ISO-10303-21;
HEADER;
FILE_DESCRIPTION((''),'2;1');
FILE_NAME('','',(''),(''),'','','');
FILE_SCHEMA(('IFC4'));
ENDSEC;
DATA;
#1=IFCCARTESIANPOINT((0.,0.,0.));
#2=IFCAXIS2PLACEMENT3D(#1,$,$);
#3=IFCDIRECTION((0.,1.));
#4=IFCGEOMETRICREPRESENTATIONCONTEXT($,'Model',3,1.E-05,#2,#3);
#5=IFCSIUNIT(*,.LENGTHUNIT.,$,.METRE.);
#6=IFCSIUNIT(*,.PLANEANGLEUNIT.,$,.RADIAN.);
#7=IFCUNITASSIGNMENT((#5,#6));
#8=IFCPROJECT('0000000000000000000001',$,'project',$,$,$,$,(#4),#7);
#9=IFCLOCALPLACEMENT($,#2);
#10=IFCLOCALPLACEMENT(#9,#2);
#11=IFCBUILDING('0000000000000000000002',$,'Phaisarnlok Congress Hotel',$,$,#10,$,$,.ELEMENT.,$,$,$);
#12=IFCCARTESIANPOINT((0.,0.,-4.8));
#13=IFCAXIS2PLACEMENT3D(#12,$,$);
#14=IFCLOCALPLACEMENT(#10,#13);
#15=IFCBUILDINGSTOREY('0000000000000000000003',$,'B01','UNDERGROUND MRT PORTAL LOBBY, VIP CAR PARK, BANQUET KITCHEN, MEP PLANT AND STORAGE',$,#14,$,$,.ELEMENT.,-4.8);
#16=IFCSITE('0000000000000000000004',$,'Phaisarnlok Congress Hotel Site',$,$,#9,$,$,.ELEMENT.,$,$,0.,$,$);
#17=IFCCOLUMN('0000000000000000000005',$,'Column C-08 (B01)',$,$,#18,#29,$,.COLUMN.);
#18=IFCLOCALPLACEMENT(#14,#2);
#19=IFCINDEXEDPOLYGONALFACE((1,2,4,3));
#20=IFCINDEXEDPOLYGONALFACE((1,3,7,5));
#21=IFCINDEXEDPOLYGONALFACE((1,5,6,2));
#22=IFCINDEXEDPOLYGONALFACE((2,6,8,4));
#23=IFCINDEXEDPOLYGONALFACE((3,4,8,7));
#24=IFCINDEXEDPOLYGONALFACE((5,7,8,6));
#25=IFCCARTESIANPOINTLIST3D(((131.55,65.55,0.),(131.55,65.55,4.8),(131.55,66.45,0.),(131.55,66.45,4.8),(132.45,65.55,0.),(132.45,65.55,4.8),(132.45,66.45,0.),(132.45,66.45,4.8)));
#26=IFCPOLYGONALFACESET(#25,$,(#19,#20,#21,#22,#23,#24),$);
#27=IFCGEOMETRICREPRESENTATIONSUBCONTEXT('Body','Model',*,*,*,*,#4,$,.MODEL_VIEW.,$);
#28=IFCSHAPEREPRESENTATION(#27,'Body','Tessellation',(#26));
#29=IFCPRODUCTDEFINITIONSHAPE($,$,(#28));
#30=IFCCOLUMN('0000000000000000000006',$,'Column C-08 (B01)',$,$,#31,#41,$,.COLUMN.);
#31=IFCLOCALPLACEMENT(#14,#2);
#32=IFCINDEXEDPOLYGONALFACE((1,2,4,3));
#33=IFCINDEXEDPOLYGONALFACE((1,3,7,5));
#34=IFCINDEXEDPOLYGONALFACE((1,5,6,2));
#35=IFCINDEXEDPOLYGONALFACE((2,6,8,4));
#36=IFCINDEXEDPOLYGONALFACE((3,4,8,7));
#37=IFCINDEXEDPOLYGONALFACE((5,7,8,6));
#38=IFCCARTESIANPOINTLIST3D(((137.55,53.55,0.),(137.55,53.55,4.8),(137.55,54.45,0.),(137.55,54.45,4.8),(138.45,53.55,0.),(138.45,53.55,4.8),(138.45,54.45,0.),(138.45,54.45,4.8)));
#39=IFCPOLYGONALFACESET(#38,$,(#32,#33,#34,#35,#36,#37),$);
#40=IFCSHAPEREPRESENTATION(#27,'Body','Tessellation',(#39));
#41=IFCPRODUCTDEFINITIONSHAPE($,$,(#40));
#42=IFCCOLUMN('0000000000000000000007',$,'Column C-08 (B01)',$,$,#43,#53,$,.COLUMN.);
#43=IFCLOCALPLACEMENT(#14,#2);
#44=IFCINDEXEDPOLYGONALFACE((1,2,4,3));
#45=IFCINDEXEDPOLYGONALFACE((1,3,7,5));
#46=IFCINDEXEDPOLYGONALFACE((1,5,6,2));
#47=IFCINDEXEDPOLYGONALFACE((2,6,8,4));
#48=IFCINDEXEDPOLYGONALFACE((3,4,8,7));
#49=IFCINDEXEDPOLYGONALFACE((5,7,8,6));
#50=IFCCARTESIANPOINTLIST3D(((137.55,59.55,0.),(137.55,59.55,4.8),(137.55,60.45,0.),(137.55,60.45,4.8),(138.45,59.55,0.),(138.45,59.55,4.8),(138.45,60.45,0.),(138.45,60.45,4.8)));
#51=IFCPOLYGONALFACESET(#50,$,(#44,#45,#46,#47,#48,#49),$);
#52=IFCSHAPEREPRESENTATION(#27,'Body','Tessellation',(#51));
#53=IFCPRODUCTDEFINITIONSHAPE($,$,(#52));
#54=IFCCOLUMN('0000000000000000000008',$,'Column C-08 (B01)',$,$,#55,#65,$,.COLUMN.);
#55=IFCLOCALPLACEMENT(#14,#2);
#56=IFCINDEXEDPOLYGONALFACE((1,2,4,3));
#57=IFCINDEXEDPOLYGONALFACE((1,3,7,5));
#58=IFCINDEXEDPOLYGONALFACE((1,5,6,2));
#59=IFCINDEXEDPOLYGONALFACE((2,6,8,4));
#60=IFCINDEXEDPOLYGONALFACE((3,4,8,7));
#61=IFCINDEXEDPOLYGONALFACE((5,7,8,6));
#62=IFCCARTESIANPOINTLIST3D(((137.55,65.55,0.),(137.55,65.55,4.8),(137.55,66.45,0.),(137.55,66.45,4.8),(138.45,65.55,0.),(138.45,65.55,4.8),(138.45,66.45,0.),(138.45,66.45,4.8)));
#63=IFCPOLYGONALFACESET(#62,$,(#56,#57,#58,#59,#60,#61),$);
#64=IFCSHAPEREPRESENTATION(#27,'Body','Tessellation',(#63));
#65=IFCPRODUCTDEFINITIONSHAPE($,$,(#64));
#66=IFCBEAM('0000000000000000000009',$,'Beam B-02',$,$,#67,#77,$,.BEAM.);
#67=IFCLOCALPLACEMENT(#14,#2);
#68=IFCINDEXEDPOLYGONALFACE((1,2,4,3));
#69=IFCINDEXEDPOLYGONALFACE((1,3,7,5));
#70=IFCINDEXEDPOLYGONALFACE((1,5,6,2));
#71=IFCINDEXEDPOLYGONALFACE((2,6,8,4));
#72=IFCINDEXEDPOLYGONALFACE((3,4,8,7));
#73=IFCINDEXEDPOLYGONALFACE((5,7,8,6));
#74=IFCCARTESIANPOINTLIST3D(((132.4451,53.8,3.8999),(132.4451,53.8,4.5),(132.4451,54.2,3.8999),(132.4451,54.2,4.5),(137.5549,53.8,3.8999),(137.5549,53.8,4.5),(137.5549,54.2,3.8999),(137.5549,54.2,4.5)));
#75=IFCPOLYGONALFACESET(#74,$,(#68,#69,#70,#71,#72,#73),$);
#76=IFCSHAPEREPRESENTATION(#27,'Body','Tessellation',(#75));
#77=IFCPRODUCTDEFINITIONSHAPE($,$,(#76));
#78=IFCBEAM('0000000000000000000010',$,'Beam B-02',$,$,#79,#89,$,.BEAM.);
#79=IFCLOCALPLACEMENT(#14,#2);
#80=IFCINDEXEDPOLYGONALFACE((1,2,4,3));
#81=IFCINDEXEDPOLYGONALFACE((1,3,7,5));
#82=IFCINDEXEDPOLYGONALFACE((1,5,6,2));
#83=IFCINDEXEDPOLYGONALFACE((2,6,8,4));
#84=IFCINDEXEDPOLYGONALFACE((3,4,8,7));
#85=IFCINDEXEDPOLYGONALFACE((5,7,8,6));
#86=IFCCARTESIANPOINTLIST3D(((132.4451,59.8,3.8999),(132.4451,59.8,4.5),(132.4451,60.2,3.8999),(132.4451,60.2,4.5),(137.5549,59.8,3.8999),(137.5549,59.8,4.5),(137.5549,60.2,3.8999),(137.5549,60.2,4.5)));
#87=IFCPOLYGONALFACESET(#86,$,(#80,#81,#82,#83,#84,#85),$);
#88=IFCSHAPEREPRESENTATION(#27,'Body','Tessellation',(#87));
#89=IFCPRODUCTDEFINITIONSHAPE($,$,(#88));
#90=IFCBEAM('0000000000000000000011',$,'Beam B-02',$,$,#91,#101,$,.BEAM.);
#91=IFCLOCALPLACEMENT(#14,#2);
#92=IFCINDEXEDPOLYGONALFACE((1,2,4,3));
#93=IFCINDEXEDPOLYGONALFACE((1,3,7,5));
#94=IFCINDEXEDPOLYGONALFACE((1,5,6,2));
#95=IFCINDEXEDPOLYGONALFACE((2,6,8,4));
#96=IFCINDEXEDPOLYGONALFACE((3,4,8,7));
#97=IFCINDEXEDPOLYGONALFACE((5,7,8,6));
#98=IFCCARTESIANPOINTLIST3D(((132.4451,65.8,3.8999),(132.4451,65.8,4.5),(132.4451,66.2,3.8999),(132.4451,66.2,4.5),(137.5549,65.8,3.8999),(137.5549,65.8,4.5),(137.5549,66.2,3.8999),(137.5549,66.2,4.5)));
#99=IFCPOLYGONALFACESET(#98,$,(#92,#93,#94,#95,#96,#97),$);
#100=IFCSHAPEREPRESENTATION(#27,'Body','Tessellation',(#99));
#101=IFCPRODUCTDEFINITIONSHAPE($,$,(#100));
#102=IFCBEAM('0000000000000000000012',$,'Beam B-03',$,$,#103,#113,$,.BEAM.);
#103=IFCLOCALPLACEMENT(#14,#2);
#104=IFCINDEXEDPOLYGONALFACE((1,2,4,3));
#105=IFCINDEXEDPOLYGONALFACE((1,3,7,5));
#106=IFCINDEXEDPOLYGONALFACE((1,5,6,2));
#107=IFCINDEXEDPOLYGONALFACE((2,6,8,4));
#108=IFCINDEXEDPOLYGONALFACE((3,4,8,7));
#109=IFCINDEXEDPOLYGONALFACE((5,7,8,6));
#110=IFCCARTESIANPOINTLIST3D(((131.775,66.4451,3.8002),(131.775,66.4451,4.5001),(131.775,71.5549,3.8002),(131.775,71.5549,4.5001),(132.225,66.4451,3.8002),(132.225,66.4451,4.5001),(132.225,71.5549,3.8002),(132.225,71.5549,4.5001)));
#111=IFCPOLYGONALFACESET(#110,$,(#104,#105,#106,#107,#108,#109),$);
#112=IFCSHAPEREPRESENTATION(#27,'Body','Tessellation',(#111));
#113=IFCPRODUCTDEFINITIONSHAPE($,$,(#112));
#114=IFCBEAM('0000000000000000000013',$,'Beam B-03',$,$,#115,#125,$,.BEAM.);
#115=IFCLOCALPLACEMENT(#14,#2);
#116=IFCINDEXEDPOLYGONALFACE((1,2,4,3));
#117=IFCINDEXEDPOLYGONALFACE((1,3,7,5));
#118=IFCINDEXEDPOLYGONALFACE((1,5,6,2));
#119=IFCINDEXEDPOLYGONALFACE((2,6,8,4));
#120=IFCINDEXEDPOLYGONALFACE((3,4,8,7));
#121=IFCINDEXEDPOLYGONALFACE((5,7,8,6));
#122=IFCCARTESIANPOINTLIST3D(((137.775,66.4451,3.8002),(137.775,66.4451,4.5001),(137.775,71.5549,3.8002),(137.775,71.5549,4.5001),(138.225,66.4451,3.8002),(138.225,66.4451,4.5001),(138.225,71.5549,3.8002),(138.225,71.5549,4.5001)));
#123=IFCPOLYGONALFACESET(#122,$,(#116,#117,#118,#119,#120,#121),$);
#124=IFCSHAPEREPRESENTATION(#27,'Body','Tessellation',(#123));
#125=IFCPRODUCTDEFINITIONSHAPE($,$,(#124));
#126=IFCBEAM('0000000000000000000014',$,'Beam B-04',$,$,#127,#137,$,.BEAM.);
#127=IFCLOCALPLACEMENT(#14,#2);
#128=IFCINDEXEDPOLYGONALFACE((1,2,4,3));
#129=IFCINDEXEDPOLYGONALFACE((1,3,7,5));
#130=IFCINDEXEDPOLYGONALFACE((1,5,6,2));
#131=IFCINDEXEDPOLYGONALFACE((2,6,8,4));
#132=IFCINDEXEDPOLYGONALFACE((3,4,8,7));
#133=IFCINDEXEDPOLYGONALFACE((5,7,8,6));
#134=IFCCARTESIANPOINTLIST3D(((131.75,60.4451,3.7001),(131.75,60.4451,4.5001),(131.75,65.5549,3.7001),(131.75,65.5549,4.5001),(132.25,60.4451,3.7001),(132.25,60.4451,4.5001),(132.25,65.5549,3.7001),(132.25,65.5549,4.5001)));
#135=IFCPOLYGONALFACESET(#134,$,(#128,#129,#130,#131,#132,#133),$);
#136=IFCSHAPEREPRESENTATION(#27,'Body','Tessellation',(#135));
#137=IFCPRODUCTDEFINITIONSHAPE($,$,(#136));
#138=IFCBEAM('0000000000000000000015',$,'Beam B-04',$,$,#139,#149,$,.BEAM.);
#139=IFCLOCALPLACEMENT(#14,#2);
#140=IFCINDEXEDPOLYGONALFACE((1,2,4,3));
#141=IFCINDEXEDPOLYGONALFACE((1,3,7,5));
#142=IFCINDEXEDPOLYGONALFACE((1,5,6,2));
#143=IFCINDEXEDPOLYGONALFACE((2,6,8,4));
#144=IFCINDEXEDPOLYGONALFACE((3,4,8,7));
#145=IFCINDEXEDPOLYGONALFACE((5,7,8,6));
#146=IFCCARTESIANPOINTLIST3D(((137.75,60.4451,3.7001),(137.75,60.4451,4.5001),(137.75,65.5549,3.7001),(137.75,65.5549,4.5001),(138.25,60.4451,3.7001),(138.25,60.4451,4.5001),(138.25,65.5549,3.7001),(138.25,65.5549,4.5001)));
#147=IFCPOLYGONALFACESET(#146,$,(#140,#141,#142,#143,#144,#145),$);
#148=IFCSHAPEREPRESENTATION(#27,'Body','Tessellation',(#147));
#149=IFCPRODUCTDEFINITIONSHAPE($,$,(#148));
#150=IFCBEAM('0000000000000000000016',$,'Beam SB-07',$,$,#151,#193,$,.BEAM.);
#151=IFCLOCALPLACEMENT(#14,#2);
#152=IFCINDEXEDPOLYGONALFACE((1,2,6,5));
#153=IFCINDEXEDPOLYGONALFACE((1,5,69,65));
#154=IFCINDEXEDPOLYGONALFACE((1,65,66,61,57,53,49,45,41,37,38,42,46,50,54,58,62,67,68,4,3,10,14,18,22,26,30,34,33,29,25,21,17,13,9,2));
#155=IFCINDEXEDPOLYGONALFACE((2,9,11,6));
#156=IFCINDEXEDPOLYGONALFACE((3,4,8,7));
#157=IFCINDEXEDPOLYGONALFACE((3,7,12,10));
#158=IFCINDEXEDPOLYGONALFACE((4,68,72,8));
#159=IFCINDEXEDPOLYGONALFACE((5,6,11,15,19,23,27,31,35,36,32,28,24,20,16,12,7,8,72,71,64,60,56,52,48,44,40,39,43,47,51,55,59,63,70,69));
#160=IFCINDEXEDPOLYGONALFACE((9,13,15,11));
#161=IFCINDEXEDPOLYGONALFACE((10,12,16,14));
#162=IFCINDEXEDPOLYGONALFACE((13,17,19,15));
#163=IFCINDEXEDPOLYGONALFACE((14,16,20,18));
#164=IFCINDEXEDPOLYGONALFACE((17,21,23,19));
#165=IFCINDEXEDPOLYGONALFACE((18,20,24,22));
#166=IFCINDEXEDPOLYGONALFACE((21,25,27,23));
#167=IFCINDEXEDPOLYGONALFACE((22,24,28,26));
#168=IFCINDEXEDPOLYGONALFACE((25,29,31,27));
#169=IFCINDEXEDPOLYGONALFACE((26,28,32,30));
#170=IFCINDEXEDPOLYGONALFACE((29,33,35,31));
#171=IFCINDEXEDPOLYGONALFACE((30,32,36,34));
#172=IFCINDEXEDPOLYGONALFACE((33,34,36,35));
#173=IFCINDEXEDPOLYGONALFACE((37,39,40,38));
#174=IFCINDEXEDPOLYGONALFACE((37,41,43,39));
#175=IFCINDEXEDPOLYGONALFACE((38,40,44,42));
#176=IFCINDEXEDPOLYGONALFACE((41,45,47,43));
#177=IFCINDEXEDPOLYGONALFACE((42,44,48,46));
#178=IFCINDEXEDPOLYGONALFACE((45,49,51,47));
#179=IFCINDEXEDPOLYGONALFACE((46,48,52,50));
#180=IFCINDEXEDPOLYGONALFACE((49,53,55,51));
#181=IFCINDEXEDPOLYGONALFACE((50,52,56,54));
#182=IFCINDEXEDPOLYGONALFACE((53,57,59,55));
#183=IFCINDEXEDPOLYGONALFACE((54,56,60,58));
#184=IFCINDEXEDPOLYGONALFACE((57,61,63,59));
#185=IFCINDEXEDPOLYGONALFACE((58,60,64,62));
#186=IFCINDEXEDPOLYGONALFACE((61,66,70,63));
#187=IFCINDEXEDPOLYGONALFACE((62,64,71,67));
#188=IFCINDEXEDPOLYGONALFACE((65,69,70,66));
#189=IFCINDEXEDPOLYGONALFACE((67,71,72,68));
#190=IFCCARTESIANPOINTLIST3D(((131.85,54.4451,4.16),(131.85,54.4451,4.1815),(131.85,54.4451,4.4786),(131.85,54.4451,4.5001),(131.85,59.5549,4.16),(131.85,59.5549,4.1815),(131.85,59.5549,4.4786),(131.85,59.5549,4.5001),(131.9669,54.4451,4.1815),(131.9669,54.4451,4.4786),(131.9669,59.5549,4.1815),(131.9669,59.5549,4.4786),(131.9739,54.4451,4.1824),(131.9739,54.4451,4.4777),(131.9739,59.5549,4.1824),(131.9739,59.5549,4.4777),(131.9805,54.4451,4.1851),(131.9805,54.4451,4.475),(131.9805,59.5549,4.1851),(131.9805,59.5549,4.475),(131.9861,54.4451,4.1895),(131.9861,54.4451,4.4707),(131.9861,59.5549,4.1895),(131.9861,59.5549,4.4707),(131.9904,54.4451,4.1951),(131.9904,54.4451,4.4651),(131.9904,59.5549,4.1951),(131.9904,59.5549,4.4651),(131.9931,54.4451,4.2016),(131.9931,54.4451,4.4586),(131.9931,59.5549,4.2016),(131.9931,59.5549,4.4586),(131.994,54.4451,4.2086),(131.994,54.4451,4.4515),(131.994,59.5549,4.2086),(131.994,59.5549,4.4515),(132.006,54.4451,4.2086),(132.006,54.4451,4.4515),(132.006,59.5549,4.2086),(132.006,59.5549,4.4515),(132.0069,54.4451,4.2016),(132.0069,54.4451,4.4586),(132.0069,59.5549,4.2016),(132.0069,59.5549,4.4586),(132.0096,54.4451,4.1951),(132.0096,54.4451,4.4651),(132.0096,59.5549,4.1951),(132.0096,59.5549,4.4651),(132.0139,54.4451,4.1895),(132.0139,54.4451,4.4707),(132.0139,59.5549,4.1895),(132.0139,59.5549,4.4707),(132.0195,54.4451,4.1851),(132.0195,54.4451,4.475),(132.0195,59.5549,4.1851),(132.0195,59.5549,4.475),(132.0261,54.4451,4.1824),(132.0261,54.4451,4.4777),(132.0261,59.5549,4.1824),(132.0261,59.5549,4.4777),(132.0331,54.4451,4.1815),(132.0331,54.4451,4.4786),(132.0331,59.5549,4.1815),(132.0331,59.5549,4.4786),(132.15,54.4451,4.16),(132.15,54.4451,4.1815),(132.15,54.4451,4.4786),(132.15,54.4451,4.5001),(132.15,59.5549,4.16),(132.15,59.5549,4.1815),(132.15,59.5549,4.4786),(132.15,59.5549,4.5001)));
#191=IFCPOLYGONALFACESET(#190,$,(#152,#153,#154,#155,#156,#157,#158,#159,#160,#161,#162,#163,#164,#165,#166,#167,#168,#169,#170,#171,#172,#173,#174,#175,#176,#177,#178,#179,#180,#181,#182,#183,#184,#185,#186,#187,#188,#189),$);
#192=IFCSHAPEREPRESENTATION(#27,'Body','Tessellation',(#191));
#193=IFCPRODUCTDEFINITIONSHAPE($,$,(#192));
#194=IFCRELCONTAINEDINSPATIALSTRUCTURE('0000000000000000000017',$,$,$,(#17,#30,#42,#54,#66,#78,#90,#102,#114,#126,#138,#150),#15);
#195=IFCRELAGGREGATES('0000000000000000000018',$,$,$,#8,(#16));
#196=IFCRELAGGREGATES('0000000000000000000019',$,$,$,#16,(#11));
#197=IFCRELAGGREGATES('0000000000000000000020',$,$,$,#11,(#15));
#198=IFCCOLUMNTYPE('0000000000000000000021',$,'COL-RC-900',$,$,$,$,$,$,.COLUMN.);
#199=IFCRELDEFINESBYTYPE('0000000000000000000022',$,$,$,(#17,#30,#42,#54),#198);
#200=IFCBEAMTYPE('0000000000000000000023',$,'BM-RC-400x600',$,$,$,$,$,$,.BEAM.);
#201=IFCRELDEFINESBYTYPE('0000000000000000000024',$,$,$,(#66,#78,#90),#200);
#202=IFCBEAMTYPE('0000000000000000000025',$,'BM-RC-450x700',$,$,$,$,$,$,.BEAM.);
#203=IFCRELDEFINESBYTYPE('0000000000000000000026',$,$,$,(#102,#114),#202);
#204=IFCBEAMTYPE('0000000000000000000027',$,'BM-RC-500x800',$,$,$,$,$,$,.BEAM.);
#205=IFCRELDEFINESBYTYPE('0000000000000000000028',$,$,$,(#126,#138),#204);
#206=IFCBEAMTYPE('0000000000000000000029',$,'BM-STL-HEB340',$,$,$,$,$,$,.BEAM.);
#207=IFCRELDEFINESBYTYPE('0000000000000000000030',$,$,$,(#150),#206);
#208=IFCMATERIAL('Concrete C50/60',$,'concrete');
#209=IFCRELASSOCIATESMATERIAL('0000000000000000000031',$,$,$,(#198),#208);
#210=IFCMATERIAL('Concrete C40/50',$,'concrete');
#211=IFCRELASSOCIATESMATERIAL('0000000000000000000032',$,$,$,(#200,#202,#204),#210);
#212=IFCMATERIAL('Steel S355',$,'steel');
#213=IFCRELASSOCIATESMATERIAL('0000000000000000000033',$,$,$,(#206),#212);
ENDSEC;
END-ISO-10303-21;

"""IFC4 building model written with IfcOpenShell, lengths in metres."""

from ifc_helpers import new_model, si_unit, direction, frame, origin, origin_2d, place, context, subcontext, project, spatial, rectangle, i_section, extrude, material, material_profile, profile_set, type_object, element, save


model = new_model("IFC4")

# Units and contexts
model_context = context("Model", 3, precision=1e-05, world=origin(), true_north=direction((0.0, 1.0)))
body_context = subcontext(model_context, "Body", "Model", "MODEL_VIEW")
ifc_project = project(units=[si_unit("LENGTHUNIT", "METRE"), si_unit("PLANEANGLEUNIT", "RADIAN")], contexts=[model_context])

# Site, building, storey
site_placement = place(None, origin())
site = spatial("IfcSite", under=ifc_project, at=site_placement, Name="Phaisarnlok Congress Hotel Site", CompositionType="ELEMENT", RefElevation=0.0)
building_placement = place(site_placement, origin())
building = spatial("IfcBuilding", under=site, at=building_placement, Name="Phaisarnlok Congress Hotel", CompositionType="ELEMENT")
storey_placement = place(building_placement, frame((0.0, 0.0, -4.8)))
storey = spatial("IfcBuildingStorey", under=building, at=storey_placement, Name="B01", Description="UNDERGROUND MRT PORTAL LOBBY, VIP CAR PARK, BANQUET KITCHEN, MEP PLANT AND STORAGE", CompositionType="ELEMENT", Elevation=-4.8)

# Shared definitions
ifc_material_1 = material(Name="Concrete C40/50", Category="concrete")

# Columns
ifc_material_2 = material(Name="Concrete C50/60", Category="concrete")
ifc_material_profile_1 = material_profile(ifc_material_2, rectangle(XDim=0.8999, YDim=0.8999, at=origin_2d()), Name="RC 900x900")
ifc_profile_set_1 = profile_set([ifc_material_profile_1], Name="Concrete C50/60")
column_type = type_object("IfcColumnType", Name="COL-RC-900", PredefinedType="COLUMN", material=ifc_profile_set_1)
for number, where, z_axis, x_axis, name in (
    (1, (132.0, 66.0, 0.0), (0.0, 0.0, 1.0), (1.0, 0.0, 0.0), "Column C-08 (B01)"),
    (2, (138.0, 54.0, 0.0), (0.0, 0.0, 1.0), (1.0, 0.0, 0.0), "Column C-08 (B01)"),
    (3, (138.0, 60.0, 0.0), (0.0, 0.0, 1.0), (1.0, 0.0, 0.0), "Column C-08 (B01)"),
    (4, (138.0, 66.0, 0.0), (0.0, 0.0, 1.0), (1.0, 0.0, 0.0), "Column C-08 (B01)"),
):
    element("IfcColumn", number, at=place(storey_placement, frame(where, z_axis=z_axis, x_axis=x_axis)), inside=storey, type_object=column_type, Name=name, PredefinedType="COLUMN", context=body_context, shape_type="SweptSolid", body=[
        extrude(rectangle(XDim=0.8999, YDim=0.8999, at=origin_2d()), origin(), (0.0, 0.0, 1.0), 4.8),
    ])

# Beams
ifc_material_profile_2 = material_profile(ifc_material_1, rectangle(XDim=0.3999, YDim=0.6001, at=origin_2d()), Name="RC 400x600")
ifc_profile_set_2 = profile_set([ifc_material_profile_2], Name="Concrete C40/50")
beam_type_1 = type_object("IfcBeamType", Name="BM-RC-400x600", PredefinedType="BEAM", material=ifc_profile_set_2)
for number, where, z_axis, x_axis, name in (
    (5, (132.4451, 54.0, 4.2), (1.0, 0.0, 0.0), (0.0, 1.0, 0.0), "Beam B-02"),
    (6, (132.4451, 60.0, 4.2), (1.0, 0.0, 0.0), (0.0, 1.0, 0.0), "Beam B-02"),
    (7, (132.4451, 66.0, 4.2), (1.0, 0.0, 0.0), (0.0, 1.0, 0.0), "Beam B-02"),
):
    element("IfcBeam", number, at=place(storey_placement, frame(where, z_axis=z_axis, x_axis=x_axis)), inside=storey, type_object=beam_type_1, Name=name, PredefinedType="BEAM", context=body_context, shape_type="SweptSolid", body=[
        extrude(rectangle(XDim=0.3999, YDim=0.6001, at=origin_2d()), origin(), (0.0, 0.0, 1.0), 5.1099),
    ])
ifc_material_profile_3 = material_profile(ifc_material_1, rectangle(XDim=0.45, YDim=0.7, at=origin_2d()), Name="RC 450x700")
ifc_profile_set_3 = profile_set([ifc_material_profile_3], Name="Concrete C40/50")
beam_type_2 = type_object("IfcBeamType", Name="BM-RC-450x700", PredefinedType="BEAM", material=ifc_profile_set_3)
for number, where, z_axis, x_axis, name in (
    (8, (132.0, 66.4451, 4.1501), (0.0, 1.0, 0.0), (-1.0, 0.0, 0.0), "Beam B-03"),
    (9, (138.0, 66.4451, 4.1501), (0.0, 1.0, 0.0), (-1.0, 0.0, 0.0), "Beam B-03"),
):
    element("IfcBeam", number, at=place(storey_placement, frame(where, z_axis=z_axis, x_axis=x_axis)), inside=storey, type_object=beam_type_2, Name=name, PredefinedType="BEAM", context=body_context, shape_type="SweptSolid", body=[
        extrude(rectangle(XDim=0.45, YDim=0.7, at=origin_2d()), origin(), (0.0, 0.0, 1.0), 5.1099),
    ])
ifc_material_profile_4 = material_profile(ifc_material_1, rectangle(XDim=0.5, YDim=0.8, at=origin_2d()), Name="RC 500x800")
ifc_profile_set_4 = profile_set([ifc_material_profile_4], Name="Concrete C40/50")
beam_type_3 = type_object("IfcBeamType", Name="BM-RC-500x800", PredefinedType="BEAM", material=ifc_profile_set_4)
for number, where, z_axis, x_axis, name in (
    (10, (132.0, 60.4451, 4.1001), (0.0, 1.0, 0.0), (-1.0, 0.0, 0.0), "Beam B-04"),
    (11, (138.0, 60.4451, 4.1001), (0.0, 1.0, 0.0), (-1.0, 0.0, 0.0), "Beam B-04"),
):
    element("IfcBeam", number, at=place(storey_placement, frame(where, z_axis=z_axis, x_axis=x_axis)), inside=storey, type_object=beam_type_3, Name=name, PredefinedType="BEAM", context=body_context, shape_type="SweptSolid", body=[
        extrude(rectangle(XDim=0.5, YDim=0.8, at=origin_2d()), origin(), (0.0, 0.0, 1.0), 5.1099),
    ])
ifc_material_3 = material(Name="Steel S355", Category="steel")
ifc_material_profile_5 = material_profile(ifc_material_3, i_section(OverallWidth=0.3, OverallDepth=0.3401, WebThickness=0.012, FlangeThickness=0.0215, FilletRadius=0.0271, at=origin_2d()), Name="HEB 340")
ifc_profile_set_5 = profile_set([ifc_material_profile_5], Name="Steel S355")
beam_type_4 = type_object("IfcBeamType", Name="BM-STL-HEB340", PredefinedType="BEAM", material=ifc_profile_set_5)
for number, where, z_axis, x_axis, name in (
    (12, (132.0, 54.4451, 4.3301), (0.0, 1.0, 0.0), (-1.0, 0.0, 0.0), "Beam SB-07"),
):
    element("IfcBeam", number, at=place(storey_placement, frame(where, z_axis=z_axis, x_axis=x_axis)), inside=storey, type_object=beam_type_4, Name=name, PredefinedType="BEAM", context=body_context, shape_type="SweptSolid", body=[
        extrude(i_section(OverallWidth=0.3, OverallDepth=0.3401, WebThickness=0.012, FlangeThickness=0.0215, FilletRadius=0.0271, at=origin_2d()), origin(), (0.0, 0.0, 1.0), 5.1099),
    ])

save(model, "model.ifc")
